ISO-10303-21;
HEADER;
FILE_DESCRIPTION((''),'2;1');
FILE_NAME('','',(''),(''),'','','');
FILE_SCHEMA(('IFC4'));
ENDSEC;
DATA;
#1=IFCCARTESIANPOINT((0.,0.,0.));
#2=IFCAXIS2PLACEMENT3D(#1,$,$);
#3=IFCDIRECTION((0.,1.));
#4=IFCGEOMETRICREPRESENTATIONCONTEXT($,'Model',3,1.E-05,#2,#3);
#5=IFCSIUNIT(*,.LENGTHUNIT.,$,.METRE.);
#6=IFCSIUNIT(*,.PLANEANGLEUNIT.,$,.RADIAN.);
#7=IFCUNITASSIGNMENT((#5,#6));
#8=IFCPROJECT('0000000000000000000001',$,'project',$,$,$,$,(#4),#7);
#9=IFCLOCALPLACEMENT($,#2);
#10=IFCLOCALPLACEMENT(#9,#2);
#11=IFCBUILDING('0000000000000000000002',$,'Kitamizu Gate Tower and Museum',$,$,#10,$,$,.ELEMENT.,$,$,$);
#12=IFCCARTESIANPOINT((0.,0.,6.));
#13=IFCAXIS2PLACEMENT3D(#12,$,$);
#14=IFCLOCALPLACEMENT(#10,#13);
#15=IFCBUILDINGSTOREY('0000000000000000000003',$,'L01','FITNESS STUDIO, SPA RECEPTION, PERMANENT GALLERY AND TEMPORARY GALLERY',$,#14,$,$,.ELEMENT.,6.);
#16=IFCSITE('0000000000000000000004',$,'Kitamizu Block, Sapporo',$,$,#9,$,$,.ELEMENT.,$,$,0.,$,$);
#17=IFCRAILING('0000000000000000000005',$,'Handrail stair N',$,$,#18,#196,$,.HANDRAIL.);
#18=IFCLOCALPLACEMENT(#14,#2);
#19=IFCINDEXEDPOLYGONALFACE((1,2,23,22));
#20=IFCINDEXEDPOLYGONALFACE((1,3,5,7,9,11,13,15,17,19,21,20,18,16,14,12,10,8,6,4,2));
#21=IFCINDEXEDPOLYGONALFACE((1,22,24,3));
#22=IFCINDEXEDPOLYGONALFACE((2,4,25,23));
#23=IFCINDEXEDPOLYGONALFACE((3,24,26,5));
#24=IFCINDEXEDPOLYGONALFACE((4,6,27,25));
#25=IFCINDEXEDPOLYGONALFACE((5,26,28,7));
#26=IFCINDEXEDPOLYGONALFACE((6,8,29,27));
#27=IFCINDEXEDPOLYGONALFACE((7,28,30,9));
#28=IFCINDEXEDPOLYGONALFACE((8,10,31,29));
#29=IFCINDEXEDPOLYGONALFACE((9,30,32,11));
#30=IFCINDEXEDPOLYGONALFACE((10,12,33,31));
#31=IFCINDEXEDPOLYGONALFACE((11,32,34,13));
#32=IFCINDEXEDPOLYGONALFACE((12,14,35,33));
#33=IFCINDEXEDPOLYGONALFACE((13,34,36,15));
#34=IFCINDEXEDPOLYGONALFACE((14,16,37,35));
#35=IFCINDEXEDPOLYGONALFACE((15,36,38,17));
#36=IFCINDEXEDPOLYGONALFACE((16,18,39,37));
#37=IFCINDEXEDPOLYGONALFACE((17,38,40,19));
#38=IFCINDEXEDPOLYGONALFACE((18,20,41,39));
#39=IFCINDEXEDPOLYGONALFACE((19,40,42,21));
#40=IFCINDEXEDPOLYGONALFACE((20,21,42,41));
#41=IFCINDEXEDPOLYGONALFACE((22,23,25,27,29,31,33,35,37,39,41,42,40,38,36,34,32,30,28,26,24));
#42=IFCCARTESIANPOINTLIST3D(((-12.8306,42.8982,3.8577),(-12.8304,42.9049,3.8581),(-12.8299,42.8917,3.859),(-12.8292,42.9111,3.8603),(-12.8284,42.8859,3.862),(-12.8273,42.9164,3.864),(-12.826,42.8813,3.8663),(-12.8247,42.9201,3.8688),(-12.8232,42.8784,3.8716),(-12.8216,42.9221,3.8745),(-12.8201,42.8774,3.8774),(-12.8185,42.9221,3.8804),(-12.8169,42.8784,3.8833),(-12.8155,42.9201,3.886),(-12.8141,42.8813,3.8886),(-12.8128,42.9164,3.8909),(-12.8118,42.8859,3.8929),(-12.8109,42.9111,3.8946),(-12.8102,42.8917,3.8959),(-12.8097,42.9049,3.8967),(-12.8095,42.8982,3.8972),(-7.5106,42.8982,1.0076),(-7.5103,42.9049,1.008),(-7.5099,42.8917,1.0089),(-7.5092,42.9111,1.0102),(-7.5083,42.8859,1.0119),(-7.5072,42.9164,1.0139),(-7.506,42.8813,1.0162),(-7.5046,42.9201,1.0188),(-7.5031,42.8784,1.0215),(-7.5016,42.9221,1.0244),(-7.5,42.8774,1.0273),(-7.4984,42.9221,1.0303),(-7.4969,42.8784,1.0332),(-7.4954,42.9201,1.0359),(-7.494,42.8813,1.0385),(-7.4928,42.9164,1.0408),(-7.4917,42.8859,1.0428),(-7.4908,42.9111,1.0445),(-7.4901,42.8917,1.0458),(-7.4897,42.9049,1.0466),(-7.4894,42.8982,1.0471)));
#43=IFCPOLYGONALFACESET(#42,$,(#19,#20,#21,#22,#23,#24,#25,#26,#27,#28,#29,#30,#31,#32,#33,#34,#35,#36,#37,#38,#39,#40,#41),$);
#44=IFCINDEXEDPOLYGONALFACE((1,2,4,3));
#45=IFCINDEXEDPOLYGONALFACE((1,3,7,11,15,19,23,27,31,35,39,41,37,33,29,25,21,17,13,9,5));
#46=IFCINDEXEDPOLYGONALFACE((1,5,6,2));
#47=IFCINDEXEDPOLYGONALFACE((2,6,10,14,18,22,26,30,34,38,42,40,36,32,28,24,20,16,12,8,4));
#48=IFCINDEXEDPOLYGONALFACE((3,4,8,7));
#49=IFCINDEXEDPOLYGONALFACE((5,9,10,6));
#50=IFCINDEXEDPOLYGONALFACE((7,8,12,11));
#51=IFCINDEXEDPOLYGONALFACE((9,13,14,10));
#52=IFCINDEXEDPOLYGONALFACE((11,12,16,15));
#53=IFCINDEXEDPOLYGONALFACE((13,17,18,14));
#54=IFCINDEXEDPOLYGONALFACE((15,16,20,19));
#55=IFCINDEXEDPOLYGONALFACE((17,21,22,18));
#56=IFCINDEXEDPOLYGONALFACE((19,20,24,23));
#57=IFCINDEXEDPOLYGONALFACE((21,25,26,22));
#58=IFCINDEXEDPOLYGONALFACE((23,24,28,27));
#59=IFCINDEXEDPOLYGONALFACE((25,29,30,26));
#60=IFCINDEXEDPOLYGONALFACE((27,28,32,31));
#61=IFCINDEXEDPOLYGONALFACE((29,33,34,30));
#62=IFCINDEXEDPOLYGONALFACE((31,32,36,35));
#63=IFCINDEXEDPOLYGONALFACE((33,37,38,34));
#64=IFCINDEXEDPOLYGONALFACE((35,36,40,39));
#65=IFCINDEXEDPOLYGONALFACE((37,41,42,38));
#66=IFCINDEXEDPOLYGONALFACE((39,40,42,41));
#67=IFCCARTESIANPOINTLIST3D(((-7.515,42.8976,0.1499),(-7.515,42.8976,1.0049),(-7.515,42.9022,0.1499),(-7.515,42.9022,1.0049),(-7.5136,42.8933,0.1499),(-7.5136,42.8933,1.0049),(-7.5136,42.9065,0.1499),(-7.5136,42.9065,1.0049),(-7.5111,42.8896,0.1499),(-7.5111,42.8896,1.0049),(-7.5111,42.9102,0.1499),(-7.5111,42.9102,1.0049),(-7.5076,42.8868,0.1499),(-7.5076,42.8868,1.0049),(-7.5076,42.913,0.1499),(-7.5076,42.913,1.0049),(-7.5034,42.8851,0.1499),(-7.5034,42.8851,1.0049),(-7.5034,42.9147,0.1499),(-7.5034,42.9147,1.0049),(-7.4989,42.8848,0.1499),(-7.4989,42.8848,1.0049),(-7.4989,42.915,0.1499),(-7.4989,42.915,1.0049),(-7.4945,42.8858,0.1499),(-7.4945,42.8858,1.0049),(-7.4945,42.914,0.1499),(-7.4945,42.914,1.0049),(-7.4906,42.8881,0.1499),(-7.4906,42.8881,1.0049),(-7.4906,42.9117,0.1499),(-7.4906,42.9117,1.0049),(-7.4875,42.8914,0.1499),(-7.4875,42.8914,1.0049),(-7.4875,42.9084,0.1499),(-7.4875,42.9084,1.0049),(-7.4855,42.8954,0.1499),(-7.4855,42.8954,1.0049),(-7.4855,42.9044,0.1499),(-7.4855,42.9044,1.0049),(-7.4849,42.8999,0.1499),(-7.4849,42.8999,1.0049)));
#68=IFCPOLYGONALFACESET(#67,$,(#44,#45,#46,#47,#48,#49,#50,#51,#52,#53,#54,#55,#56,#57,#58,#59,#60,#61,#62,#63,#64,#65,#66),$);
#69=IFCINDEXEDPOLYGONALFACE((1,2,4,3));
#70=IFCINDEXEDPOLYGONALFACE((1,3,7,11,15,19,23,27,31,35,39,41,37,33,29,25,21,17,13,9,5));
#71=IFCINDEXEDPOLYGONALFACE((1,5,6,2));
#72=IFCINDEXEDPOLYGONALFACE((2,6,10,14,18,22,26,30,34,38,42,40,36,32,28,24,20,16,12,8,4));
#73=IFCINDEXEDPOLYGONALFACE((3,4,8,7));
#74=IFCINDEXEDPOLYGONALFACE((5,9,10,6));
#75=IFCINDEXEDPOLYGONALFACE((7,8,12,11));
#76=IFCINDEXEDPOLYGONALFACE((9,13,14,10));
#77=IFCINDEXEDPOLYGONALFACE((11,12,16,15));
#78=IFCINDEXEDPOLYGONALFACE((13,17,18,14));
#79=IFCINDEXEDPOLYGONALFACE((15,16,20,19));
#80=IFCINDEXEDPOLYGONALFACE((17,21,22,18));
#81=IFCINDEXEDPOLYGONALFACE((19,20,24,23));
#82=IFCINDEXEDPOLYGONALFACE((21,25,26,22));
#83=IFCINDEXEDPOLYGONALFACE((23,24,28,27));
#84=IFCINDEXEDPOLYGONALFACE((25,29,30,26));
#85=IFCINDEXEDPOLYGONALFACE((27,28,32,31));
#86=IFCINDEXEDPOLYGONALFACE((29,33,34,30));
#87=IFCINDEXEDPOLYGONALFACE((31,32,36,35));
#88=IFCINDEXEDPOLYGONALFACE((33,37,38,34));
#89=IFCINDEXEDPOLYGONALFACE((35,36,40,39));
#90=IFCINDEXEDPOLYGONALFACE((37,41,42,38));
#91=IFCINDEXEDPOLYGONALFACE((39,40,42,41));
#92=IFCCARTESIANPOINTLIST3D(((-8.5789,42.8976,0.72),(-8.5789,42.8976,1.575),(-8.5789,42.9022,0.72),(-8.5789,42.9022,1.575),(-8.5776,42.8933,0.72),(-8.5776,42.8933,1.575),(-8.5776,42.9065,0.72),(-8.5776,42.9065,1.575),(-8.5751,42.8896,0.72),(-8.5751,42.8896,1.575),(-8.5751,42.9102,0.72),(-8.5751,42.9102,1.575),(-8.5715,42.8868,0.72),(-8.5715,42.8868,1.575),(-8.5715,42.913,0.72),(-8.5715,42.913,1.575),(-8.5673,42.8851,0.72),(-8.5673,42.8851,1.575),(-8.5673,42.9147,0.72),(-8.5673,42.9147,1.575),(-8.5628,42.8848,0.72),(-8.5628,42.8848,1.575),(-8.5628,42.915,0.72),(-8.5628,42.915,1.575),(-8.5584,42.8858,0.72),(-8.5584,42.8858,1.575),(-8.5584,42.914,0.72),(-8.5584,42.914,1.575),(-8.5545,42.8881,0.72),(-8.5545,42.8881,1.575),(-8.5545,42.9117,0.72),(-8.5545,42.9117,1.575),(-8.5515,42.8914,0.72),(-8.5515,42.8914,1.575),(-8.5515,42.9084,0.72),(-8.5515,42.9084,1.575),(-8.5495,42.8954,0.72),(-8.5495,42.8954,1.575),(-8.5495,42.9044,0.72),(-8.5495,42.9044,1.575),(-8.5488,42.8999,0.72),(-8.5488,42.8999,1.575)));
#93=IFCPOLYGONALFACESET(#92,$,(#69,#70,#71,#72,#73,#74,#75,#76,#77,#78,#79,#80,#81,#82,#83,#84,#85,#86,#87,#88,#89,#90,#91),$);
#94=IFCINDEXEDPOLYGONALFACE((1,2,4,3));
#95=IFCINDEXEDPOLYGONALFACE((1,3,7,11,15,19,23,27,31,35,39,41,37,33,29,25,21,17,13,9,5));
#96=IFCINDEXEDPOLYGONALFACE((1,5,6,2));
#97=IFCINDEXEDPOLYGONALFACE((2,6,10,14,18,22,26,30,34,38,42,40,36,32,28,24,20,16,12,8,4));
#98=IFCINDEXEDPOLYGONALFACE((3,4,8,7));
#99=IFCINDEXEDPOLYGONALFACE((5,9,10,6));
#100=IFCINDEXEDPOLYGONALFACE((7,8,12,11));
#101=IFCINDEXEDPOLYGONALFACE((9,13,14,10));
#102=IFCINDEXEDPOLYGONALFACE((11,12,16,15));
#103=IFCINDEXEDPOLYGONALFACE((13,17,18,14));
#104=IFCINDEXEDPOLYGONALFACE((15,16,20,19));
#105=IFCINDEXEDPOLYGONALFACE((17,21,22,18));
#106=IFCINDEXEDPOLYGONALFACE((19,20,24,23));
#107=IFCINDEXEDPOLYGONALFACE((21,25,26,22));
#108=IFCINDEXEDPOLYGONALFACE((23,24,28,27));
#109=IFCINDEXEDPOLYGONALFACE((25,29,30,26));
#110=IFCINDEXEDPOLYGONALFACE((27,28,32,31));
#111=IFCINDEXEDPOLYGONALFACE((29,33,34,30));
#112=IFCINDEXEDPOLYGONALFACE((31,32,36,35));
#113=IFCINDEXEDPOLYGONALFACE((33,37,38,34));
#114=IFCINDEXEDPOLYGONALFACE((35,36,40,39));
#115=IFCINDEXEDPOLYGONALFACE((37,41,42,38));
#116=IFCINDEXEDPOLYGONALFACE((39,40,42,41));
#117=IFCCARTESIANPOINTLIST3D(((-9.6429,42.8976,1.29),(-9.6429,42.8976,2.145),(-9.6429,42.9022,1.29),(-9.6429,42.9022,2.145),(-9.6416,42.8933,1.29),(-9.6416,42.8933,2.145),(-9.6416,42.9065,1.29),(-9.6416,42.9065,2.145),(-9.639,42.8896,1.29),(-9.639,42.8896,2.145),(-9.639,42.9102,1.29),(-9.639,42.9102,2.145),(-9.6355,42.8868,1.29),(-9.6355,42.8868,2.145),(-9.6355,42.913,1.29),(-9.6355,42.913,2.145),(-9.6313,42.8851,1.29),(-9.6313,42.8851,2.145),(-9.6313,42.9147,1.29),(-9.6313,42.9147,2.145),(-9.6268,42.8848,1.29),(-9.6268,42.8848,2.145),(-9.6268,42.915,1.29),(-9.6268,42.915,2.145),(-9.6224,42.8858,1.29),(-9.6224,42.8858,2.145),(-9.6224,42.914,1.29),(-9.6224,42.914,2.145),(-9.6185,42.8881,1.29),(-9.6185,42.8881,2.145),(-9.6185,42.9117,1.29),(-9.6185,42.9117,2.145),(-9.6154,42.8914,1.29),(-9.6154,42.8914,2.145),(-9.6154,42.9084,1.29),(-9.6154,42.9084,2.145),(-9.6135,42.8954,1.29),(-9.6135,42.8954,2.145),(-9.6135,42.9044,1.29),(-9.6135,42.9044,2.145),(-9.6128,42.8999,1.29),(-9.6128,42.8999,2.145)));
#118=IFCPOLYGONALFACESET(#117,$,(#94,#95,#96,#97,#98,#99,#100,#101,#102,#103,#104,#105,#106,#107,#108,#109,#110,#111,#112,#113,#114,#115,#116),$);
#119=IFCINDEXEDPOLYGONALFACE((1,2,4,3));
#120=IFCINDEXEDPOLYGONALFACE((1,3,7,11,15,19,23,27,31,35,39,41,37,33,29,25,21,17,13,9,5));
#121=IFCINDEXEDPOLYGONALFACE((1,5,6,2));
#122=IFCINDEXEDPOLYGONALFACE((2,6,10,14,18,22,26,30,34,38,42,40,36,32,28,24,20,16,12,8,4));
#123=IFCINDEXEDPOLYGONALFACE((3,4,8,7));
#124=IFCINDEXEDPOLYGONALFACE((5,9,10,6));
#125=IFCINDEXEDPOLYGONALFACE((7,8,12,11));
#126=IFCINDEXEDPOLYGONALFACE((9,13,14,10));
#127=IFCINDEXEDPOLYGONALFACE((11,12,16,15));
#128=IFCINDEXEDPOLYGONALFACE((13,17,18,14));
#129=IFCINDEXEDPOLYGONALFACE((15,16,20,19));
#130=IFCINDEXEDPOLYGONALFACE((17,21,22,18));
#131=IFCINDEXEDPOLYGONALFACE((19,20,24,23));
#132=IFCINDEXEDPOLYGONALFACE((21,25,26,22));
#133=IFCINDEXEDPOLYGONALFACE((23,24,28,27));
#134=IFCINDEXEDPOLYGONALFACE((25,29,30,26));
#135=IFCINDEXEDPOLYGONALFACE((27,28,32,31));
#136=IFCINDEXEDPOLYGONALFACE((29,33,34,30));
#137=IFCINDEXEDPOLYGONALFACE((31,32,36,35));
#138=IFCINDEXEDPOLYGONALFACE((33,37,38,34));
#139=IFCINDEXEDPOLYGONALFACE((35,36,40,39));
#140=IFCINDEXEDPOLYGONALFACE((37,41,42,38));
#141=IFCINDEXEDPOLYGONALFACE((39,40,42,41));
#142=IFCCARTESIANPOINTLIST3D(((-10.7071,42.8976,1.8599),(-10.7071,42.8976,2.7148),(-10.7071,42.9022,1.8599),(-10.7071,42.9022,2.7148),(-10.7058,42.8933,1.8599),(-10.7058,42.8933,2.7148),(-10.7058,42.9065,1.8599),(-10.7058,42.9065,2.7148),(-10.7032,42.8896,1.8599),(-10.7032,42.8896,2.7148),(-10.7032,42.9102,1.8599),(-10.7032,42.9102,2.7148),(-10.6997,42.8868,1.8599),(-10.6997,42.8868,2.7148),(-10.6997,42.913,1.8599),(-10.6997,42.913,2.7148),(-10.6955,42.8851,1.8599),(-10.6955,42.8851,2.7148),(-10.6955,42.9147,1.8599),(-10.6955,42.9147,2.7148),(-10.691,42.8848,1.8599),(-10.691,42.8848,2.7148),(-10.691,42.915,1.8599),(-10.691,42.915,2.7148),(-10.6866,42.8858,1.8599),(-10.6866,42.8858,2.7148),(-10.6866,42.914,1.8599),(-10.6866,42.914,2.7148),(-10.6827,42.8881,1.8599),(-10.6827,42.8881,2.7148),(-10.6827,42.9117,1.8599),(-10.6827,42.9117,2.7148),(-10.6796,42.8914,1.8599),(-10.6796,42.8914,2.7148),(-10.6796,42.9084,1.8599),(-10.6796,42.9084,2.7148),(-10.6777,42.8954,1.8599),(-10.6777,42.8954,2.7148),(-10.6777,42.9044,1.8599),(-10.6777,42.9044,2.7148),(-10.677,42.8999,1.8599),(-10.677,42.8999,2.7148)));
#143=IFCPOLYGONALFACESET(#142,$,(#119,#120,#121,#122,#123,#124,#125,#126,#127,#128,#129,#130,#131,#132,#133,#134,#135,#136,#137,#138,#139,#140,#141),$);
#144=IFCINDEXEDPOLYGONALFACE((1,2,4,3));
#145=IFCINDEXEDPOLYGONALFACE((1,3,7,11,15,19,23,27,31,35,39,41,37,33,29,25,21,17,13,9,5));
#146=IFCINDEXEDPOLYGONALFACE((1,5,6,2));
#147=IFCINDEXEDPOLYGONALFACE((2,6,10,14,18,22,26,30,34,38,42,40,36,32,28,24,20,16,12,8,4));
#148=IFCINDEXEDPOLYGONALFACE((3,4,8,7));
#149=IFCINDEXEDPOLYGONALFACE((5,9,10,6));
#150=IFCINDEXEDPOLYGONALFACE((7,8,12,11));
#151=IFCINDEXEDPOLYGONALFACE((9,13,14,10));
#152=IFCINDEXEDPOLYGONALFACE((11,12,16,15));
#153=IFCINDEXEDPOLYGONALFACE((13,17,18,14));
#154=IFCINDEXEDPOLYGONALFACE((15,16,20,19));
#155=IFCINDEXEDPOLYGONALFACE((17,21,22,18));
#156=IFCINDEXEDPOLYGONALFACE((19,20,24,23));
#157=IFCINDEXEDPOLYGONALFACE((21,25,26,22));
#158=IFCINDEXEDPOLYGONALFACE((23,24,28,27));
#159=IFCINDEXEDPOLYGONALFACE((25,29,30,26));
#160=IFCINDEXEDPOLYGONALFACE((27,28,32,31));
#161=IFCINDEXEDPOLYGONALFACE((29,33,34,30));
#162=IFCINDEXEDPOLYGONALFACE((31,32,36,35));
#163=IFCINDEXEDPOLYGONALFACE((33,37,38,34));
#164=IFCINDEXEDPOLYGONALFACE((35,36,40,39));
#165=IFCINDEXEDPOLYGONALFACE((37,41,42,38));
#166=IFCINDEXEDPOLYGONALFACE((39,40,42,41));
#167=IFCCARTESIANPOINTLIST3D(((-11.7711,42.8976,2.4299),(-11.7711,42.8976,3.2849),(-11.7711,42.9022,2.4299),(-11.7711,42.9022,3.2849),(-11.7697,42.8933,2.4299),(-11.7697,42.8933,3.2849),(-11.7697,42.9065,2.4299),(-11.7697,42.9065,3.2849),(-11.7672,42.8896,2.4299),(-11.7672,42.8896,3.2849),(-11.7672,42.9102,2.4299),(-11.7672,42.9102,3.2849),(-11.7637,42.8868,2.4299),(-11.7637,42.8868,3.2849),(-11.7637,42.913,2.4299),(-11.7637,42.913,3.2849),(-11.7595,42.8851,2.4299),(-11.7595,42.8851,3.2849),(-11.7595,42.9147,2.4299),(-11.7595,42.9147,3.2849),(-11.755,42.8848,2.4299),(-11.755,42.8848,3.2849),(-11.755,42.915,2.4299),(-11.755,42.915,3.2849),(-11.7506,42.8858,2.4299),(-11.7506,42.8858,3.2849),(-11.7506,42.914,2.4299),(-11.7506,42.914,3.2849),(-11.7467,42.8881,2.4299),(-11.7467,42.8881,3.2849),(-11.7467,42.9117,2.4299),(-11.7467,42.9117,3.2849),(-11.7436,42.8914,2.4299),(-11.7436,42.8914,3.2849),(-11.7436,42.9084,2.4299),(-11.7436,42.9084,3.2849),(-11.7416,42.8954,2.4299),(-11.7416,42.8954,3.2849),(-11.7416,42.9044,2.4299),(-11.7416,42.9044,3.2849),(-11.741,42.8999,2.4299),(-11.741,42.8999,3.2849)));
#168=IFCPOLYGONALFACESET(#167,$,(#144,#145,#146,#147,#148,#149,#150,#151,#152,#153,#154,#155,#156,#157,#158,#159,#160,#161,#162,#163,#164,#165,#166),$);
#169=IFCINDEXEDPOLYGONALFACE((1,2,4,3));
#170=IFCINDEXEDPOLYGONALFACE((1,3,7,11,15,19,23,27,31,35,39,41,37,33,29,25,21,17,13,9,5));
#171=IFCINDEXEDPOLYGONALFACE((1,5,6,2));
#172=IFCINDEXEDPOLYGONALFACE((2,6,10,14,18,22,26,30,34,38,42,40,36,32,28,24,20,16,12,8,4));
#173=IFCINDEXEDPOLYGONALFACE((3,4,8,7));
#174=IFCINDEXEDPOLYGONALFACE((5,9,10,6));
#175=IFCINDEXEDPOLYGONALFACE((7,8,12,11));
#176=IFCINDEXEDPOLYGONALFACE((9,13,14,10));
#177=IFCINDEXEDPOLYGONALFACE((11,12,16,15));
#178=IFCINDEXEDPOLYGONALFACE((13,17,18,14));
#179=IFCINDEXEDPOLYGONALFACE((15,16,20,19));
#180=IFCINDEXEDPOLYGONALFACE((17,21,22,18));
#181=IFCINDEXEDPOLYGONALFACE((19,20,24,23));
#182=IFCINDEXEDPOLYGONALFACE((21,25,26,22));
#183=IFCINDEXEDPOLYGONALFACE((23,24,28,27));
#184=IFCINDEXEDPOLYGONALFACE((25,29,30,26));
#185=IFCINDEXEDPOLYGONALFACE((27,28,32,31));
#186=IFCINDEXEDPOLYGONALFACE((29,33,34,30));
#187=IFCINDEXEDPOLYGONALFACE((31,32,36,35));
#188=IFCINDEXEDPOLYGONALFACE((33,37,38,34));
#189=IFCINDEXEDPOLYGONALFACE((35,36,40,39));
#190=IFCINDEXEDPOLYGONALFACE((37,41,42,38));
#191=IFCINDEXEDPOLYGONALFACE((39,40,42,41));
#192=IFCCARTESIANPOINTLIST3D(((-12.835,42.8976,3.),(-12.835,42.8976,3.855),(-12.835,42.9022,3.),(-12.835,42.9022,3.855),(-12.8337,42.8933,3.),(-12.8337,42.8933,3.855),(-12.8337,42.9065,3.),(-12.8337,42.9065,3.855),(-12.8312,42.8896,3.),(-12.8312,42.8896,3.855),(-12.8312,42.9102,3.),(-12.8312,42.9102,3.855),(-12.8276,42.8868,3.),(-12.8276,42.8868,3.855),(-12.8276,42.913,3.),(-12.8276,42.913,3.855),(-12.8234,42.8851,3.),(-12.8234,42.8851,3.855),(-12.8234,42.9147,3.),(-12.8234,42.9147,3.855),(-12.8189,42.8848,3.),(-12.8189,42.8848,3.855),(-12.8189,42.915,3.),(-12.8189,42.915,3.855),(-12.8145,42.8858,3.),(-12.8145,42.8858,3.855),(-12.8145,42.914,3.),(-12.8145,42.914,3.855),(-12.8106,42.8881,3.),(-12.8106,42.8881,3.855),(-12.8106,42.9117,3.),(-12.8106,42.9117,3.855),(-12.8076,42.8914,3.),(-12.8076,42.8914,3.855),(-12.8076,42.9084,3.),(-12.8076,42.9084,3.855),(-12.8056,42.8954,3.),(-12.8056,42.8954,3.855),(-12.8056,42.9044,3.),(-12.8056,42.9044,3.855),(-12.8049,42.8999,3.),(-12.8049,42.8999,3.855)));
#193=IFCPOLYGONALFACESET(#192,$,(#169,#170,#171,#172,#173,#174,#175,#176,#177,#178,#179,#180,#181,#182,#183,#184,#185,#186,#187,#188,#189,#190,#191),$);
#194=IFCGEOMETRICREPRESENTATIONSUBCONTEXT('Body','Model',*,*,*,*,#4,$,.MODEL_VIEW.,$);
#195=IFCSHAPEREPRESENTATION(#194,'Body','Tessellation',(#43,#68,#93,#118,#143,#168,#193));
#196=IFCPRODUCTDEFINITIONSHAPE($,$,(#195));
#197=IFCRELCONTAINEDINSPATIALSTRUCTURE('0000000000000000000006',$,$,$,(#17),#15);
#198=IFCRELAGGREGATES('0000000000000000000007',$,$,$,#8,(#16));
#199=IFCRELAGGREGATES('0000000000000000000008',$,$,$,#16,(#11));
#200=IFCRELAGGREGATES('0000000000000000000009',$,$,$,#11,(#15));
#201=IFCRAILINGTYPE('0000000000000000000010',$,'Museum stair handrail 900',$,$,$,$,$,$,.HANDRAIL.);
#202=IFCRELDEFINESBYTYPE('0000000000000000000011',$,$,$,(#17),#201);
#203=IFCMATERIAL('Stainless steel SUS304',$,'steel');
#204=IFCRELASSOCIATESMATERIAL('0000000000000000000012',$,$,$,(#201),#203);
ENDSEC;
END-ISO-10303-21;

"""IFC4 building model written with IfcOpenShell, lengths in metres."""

from ifc_helpers import new_model, si_unit, direction, frame, origin, origin_2d, place, context, subcontext, project, spatial, circle, extrude, material, type_object, element, save


model = new_model("IFC4")

# Units and contexts
model_context = context("Model", 3, precision=1e-05, world=origin(), true_north=direction((0.0, 1.0)))
body_context = subcontext(model_context, "Body", "Model", "MODEL_VIEW")
ifc_project = project(units=[si_unit("LENGTHUNIT", "METRE"), si_unit("PLANEANGLEUNIT", "RADIAN")], contexts=[model_context])

# Site, building, storey
site_placement = place(None, origin())
site = spatial("IfcSite", under=ifc_project, at=site_placement, Name="Kitamizu Block, Sapporo", CompositionType="ELEMENT", RefElevation=0.0)
building_placement = place(site_placement, origin())
building = spatial("IfcBuilding", under=site, at=building_placement, Name="Kitamizu Gate Tower and Museum", CompositionType="ELEMENT")
storey_placement = place(building_placement, frame((0.0, 0.0, 6.0)))
storey = spatial("IfcBuildingStorey", under=building, at=storey_placement, Name="L01", Description="FITNESS STUDIO, SPA RECEPTION, PERMANENT GALLERY AND TEMPORARY GALLERY", CompositionType="ELEMENT", Elevation=6.0)

# Railing
ifc_material_1 = material(Name="Stainless steel SUS304", Category="steel")
railing_type = type_object("IfcRailingType", Name="Museum stair handrail 900", PredefinedType="HANDRAIL", material=ifc_material_1)
for number, where, name in (
    (1, (-7.5, 42.8999, 0.1499), "Handrail stair N"),
):
    element("IfcRailing", number, at=place(storey_placement, frame(where)), inside=storey, type_object=railing_type, Name=name, PredefinedType="HANDRAIL", context=body_context, shape_type="SweptSolid", body=[
        extrude(circle(Radius=0.0225, at=origin_2d()), frame((0.0, 0.0, 0.8774), z_axis=(-0.881476, 0.0, 0.472229), x_axis=(0.0, -1.0, 0.0)), (0.0, 0.0, 1.0), 6.0354),
        extrude(circle(Radius=0.0151, at=origin_2d()), origin(), (0.0, 0.0, 1.0), 0.855),
        extrude(circle(Radius=0.0151, at=origin_2d()), frame((-1.064, 0.0, 0.5701)), (0.0, 0.0, 1.0), 0.855),
        extrude(circle(Radius=0.0151, at=origin_2d()), frame((-2.1279, 0.0, 1.1401)), (0.0, 0.0, 1.0), 0.855),
        extrude(circle(Radius=0.0151, at=origin_2d()), frame((-3.1921, 0.0, 1.71)), (0.0, 0.0, 1.0), 0.855),
        extrude(circle(Radius=0.0151, at=origin_2d()), frame((-4.2561, 0.0, 2.28)), (0.0, 0.0, 1.0), 0.855),
        extrude(circle(Radius=0.0151, at=origin_2d()), frame((-5.3201, 0.0, 2.8501)), (0.0, 0.0, 1.0), 0.855),
    ])

save(model, "model.ifc")
